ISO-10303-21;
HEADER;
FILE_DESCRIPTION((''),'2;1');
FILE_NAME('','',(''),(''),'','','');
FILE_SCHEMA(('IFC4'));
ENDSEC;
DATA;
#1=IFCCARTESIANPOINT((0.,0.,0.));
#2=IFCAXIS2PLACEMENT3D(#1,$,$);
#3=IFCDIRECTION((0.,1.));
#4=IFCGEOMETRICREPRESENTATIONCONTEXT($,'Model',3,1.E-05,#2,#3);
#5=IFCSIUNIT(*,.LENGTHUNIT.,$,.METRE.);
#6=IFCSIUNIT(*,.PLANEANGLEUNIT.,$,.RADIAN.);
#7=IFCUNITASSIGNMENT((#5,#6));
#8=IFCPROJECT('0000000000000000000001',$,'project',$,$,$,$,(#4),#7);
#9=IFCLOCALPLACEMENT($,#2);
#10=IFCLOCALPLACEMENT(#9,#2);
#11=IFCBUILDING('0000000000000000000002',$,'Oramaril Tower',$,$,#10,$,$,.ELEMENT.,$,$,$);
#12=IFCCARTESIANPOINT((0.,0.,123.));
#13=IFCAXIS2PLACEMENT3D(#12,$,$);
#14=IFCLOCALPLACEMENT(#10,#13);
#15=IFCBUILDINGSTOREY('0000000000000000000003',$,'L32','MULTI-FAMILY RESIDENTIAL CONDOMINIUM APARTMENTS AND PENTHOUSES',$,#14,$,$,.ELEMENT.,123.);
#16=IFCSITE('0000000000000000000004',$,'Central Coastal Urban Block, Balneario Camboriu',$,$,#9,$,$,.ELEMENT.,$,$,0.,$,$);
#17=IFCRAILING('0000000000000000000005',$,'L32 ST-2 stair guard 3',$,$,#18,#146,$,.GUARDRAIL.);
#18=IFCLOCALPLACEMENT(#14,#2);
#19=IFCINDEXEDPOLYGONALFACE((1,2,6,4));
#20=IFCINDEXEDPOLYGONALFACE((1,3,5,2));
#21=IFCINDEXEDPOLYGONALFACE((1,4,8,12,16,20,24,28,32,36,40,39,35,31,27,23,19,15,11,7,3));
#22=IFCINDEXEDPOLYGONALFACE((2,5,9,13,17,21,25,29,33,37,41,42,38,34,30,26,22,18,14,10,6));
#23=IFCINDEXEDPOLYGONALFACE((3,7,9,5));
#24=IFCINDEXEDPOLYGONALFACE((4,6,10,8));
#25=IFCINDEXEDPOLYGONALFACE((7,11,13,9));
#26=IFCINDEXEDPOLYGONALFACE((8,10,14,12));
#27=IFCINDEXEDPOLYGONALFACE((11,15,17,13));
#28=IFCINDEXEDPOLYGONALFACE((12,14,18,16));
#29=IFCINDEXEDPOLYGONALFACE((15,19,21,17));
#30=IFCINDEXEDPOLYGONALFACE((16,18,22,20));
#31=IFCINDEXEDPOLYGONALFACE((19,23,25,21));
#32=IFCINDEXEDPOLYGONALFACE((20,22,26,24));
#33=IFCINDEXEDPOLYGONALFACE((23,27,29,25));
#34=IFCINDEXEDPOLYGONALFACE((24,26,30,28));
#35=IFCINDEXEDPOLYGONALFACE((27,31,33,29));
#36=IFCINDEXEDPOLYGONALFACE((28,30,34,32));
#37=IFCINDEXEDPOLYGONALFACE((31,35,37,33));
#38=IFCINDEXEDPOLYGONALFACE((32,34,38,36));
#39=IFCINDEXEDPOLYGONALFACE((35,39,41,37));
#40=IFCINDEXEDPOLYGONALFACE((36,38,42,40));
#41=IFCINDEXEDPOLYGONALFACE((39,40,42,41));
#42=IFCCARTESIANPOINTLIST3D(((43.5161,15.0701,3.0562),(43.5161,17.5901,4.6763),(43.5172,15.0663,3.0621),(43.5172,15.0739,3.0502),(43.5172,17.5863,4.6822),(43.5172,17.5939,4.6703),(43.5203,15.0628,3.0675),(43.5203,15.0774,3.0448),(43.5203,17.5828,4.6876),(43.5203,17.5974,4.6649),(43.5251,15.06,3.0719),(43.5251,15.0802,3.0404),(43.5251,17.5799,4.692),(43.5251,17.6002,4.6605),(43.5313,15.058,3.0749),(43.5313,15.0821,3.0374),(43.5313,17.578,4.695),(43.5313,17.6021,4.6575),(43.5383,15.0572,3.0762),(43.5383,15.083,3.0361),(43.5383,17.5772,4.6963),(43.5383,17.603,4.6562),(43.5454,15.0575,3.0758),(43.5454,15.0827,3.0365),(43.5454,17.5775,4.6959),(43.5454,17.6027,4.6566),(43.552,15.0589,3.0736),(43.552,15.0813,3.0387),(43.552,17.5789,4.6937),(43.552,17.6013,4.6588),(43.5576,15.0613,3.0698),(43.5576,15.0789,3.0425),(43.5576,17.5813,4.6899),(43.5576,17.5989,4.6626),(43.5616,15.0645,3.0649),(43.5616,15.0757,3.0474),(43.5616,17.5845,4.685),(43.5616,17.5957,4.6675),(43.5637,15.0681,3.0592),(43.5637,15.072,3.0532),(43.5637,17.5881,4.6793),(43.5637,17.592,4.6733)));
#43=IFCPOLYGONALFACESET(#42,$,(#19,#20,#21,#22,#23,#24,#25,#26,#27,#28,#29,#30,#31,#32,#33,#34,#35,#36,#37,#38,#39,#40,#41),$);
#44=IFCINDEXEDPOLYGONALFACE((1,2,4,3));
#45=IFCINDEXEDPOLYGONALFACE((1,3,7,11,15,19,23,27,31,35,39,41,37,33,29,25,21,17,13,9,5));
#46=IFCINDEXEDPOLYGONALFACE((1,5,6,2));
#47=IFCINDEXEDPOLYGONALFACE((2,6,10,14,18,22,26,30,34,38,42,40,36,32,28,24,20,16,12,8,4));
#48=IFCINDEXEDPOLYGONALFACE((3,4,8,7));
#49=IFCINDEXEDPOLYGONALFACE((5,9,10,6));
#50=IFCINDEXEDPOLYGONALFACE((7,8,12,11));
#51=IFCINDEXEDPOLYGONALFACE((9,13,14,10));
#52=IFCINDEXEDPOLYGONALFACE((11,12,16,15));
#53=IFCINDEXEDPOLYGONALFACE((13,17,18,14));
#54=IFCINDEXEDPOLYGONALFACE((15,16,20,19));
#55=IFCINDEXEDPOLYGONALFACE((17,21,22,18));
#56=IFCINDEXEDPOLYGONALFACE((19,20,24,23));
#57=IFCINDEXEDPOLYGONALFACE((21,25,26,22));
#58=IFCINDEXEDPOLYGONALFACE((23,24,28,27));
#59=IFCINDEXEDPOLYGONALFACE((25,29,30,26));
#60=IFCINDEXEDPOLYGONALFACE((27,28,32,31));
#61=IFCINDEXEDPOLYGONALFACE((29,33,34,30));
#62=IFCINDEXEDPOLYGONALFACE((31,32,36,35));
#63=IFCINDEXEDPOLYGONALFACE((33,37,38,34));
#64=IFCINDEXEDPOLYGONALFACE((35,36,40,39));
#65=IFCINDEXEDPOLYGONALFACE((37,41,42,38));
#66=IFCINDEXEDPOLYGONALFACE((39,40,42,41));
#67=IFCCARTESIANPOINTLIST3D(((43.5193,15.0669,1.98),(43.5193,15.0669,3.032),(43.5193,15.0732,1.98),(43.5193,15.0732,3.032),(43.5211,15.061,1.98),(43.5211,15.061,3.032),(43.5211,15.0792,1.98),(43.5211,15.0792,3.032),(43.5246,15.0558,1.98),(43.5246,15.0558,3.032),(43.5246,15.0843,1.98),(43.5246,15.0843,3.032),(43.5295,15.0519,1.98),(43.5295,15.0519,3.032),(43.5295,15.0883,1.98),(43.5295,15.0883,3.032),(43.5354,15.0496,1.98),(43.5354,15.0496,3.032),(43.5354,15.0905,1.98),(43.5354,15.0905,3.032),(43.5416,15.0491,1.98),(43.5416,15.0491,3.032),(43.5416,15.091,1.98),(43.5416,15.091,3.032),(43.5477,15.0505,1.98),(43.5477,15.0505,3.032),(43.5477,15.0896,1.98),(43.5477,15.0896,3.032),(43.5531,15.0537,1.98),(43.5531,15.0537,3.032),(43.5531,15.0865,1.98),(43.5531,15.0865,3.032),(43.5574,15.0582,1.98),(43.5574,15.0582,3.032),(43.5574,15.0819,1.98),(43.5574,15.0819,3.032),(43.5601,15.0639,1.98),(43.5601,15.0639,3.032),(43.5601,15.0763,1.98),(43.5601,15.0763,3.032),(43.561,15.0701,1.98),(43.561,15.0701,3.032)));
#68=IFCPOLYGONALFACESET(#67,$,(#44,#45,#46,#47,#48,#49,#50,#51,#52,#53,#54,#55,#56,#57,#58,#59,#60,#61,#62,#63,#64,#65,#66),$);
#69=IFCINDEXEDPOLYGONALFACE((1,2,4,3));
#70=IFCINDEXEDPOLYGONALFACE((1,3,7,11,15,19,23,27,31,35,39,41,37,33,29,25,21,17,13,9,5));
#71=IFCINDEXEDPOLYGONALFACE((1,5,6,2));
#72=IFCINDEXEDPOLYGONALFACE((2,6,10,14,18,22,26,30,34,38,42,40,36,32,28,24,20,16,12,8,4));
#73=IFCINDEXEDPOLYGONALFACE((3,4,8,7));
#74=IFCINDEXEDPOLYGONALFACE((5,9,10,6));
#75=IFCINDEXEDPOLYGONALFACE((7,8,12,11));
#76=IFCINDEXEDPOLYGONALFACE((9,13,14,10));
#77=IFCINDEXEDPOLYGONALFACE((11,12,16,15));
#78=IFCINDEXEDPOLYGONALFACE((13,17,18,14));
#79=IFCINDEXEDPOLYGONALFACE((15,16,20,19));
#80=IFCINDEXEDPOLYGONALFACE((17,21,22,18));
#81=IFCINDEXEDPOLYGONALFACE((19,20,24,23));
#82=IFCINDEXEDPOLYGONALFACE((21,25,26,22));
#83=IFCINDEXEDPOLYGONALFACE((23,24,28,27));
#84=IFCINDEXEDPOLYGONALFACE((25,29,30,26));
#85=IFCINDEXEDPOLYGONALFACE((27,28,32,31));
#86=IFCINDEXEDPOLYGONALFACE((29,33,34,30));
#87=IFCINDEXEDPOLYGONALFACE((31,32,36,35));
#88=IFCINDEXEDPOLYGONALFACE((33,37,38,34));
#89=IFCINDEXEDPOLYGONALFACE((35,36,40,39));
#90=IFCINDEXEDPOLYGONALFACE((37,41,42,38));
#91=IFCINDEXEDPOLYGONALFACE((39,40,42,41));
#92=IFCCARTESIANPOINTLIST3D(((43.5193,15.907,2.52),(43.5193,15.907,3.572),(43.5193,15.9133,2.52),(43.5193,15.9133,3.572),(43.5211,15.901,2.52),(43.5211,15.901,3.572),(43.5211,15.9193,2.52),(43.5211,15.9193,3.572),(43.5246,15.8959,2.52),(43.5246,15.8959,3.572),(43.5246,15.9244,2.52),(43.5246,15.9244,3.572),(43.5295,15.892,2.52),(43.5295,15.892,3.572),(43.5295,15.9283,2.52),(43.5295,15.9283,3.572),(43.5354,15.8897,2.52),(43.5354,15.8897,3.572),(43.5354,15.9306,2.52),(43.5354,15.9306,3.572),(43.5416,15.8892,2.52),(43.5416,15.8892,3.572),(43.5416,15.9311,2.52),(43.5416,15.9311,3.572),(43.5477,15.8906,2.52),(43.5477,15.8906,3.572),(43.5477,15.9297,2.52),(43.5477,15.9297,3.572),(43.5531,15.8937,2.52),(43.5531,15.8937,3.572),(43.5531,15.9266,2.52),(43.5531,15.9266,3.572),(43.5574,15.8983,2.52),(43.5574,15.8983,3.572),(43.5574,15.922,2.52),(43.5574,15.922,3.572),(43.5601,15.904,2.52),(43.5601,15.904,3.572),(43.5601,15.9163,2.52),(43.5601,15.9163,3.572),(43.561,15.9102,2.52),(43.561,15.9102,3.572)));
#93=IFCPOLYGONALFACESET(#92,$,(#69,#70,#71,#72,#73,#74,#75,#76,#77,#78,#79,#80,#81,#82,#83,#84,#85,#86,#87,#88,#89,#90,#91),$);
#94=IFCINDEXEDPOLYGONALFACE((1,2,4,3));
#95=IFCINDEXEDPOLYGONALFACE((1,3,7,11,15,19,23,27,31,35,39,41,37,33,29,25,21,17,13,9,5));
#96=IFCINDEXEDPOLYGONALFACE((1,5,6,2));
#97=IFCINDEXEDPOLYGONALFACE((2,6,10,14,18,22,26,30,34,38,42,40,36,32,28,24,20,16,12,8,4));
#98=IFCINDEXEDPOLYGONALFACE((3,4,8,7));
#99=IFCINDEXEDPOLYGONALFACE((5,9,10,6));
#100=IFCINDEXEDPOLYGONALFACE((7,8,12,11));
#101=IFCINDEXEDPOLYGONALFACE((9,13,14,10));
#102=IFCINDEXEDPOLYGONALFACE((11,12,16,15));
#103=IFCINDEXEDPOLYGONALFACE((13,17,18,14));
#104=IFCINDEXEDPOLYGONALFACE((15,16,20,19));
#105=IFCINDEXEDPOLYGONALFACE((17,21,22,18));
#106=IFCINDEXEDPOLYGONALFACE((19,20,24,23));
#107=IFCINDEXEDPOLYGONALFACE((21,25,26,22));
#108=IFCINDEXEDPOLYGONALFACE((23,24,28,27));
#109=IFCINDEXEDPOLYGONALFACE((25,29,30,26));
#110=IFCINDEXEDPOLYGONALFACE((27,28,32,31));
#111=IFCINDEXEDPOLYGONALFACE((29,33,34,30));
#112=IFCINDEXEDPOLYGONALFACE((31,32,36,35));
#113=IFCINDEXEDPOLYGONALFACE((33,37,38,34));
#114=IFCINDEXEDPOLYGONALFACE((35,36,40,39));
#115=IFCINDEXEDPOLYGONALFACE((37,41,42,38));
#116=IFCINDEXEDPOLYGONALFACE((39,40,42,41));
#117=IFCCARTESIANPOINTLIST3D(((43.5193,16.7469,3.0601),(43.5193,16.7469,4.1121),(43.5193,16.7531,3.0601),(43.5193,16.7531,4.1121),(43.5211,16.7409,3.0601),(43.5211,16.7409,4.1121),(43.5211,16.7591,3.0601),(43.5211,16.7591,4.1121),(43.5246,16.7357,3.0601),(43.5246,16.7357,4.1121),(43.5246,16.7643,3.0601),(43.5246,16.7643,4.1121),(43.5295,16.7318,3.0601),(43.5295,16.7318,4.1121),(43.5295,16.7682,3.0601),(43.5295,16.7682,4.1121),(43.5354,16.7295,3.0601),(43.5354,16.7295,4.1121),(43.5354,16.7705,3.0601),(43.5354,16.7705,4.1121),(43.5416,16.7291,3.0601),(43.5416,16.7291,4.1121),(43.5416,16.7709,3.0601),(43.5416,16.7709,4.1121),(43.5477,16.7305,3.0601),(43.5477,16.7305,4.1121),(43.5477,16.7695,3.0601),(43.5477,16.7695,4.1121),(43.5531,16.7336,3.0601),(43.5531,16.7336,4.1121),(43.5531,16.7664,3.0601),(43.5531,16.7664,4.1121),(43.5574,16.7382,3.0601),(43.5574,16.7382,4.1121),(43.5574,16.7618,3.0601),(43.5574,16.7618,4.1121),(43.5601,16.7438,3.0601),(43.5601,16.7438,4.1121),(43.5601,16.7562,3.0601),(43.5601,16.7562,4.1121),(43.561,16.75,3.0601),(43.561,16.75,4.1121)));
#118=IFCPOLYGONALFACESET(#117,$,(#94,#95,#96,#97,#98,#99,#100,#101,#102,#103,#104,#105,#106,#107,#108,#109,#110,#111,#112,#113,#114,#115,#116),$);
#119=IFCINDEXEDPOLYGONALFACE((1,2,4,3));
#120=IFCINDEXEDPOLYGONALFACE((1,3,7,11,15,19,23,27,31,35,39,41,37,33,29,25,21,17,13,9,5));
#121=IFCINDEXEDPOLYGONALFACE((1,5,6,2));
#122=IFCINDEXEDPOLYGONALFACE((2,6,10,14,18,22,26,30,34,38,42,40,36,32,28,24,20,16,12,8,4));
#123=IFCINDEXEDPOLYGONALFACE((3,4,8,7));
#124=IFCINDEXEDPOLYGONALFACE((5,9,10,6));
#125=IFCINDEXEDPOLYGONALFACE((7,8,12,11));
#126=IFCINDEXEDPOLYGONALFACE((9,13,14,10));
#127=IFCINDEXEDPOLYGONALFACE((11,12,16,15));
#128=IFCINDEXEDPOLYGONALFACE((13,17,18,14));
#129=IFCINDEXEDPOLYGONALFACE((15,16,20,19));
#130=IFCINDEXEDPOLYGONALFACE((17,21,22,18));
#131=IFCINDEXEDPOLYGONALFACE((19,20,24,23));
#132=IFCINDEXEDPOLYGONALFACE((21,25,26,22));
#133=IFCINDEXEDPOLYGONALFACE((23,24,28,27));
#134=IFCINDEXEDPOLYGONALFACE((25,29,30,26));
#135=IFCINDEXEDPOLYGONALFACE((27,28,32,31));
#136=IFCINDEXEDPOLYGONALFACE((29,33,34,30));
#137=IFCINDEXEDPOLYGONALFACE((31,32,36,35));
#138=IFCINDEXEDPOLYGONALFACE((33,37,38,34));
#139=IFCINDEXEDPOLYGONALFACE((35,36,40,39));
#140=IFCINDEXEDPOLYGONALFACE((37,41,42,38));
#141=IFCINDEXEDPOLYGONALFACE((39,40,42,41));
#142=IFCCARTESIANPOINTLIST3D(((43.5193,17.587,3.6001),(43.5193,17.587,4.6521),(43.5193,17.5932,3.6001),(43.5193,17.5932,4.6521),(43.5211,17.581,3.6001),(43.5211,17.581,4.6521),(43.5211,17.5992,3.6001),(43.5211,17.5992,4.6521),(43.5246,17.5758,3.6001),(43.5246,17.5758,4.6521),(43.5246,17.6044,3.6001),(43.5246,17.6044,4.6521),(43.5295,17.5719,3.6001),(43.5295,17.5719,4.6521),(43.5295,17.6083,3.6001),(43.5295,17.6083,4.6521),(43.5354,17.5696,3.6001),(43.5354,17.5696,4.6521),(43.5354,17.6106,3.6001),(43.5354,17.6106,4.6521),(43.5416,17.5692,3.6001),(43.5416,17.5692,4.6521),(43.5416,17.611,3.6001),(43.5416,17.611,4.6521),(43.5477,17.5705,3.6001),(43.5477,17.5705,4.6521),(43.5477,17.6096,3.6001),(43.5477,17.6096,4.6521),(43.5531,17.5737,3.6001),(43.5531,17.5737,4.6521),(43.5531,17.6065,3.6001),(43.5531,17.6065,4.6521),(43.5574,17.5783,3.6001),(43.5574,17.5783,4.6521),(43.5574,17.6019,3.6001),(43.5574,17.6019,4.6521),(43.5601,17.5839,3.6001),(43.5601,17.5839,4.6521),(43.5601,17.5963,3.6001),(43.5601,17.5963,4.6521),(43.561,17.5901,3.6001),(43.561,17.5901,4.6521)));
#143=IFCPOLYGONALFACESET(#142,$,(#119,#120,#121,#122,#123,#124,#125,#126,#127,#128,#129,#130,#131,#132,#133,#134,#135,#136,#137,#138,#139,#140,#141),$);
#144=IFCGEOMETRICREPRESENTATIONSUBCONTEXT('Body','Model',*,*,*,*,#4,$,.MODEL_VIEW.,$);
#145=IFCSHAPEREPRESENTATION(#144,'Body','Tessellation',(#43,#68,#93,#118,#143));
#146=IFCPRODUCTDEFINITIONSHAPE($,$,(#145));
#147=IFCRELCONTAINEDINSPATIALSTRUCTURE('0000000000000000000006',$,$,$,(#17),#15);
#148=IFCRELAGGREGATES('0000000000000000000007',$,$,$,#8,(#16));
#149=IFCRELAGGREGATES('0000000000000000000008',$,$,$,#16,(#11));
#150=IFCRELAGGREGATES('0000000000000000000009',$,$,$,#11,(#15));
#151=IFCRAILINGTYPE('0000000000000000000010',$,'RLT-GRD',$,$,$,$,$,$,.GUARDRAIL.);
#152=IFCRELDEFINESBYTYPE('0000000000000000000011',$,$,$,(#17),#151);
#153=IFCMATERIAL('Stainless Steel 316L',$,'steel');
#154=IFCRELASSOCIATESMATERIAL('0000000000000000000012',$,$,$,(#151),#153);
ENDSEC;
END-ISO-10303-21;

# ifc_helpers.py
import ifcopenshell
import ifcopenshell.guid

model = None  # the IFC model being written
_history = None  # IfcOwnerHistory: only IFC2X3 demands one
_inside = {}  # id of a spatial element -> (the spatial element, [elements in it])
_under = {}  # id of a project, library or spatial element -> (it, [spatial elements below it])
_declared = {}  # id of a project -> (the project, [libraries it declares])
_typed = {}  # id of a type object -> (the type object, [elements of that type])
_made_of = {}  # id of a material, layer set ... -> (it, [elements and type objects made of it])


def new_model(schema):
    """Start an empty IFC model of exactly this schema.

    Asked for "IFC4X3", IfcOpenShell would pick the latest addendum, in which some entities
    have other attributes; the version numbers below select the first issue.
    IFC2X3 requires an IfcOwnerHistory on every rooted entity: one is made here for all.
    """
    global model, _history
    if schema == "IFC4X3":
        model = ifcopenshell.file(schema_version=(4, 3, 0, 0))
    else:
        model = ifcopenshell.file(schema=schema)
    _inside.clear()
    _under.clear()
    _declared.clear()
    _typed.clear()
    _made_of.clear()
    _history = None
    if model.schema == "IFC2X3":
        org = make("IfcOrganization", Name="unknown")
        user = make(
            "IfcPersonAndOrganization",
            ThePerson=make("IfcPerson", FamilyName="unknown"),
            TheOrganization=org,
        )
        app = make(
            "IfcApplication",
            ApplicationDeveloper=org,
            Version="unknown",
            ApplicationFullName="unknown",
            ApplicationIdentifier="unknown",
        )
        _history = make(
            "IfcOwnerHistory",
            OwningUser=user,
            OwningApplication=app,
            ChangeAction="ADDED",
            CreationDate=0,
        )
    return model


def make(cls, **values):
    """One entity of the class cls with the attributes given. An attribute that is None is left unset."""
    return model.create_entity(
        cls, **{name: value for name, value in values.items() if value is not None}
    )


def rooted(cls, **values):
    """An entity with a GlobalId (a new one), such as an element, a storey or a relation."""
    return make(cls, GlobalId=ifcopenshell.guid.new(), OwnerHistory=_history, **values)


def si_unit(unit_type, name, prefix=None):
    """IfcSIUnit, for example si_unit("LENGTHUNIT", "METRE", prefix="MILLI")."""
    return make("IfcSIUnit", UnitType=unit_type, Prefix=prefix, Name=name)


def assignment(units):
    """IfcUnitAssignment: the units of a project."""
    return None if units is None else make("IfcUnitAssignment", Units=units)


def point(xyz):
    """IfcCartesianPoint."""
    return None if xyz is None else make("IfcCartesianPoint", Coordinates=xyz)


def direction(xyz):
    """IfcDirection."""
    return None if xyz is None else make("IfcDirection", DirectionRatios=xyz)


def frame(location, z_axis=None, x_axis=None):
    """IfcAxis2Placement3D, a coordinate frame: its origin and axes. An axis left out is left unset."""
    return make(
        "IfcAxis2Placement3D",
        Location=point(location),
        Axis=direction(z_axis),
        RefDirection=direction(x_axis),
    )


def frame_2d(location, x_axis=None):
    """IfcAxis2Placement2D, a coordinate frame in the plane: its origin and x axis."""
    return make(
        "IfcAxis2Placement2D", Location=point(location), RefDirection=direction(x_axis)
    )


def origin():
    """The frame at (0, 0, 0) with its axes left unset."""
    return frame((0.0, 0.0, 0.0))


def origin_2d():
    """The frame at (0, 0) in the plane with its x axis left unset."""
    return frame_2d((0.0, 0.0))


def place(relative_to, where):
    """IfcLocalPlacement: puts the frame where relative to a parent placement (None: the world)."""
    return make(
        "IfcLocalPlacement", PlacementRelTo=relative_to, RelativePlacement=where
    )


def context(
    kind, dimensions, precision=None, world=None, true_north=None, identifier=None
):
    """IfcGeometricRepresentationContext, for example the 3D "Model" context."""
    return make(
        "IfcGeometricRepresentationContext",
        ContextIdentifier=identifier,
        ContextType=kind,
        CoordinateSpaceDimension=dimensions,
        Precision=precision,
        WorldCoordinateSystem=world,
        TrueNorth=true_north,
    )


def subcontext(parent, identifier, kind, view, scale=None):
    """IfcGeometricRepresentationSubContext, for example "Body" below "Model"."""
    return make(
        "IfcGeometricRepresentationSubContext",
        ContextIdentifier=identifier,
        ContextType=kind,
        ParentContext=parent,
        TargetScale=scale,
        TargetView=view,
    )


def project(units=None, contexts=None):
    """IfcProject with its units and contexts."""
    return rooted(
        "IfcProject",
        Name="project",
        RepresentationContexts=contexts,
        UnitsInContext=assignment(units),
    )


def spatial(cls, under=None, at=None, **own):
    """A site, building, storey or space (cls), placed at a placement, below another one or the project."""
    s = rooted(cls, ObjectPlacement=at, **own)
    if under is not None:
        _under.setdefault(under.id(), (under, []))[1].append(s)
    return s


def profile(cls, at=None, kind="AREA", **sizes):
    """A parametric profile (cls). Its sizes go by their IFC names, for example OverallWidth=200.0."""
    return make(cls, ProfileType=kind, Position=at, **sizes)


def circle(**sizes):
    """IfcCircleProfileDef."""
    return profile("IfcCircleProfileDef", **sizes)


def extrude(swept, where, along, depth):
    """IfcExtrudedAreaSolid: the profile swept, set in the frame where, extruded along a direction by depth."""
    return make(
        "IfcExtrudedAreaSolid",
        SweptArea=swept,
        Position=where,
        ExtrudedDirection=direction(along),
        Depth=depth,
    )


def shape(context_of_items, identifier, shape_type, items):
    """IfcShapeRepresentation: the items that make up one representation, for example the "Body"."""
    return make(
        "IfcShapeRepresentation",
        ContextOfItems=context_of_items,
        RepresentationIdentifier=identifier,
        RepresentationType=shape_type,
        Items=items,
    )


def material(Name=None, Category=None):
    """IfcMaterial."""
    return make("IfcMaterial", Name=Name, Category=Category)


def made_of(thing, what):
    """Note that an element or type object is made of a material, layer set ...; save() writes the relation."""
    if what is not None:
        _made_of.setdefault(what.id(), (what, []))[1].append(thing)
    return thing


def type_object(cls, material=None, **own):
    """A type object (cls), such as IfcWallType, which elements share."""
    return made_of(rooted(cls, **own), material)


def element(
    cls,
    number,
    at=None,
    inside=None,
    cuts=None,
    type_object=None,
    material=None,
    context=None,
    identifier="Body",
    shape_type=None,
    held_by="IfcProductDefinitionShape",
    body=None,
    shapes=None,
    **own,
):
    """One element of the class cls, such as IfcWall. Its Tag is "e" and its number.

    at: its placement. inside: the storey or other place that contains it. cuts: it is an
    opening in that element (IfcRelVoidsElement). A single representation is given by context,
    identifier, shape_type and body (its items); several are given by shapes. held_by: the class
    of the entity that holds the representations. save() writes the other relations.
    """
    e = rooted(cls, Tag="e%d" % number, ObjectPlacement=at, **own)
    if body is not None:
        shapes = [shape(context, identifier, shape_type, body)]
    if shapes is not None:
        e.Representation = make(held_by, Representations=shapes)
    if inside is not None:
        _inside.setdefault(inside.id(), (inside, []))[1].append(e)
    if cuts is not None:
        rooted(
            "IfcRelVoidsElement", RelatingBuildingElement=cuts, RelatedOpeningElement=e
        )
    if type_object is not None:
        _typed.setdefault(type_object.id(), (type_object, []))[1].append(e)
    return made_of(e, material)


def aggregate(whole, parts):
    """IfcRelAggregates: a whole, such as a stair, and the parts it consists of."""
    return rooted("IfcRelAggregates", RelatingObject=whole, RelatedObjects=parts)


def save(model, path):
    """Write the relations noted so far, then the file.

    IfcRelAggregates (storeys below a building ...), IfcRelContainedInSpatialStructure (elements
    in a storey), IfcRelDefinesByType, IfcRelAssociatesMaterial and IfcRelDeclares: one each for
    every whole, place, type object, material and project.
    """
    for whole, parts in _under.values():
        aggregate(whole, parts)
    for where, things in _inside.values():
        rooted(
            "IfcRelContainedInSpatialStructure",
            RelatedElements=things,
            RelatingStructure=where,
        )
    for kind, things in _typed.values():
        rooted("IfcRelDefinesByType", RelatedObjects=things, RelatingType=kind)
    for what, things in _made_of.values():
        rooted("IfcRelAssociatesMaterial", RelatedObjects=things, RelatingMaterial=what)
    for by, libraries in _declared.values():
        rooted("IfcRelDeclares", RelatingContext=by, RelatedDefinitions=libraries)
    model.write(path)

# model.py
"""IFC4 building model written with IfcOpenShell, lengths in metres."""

from ifc_helpers import new_model, si_unit, direction, frame, origin, origin_2d, place, context, subcontext, project, spatial, circle, extrude, material, type_object, element, save


model = new_model("IFC4")

# Units and contexts
model_context = context("Model", 3, precision=1e-05, world=origin(), true_north=direction((0.0, 1.0)))
body_context = subcontext(model_context, "Body", "Model", "MODEL_VIEW")
ifc_project = project(units=[si_unit("LENGTHUNIT", "METRE"), si_unit("PLANEANGLEUNIT", "RADIAN")], contexts=[model_context])

# Site, building, storey
site_placement = place(None, origin())
site = spatial("IfcSite", under=ifc_project, at=site_placement, Name="Central Coastal Urban Block, Balneario Camboriu", CompositionType="ELEMENT", RefElevation=0.0)
building_placement = place(site_placement, origin())
building = spatial("IfcBuilding", under=site, at=building_placement, Name="Oramaril Tower", CompositionType="ELEMENT")
storey_placement = place(building_placement, frame((0.0, 0.0, 123.0)))
storey = spatial("IfcBuildingStorey", under=building, at=storey_placement, Name="L32", Description="MULTI-FAMILY RESIDENTIAL CONDOMINIUM APARTMENTS AND PENTHOUSES", CompositionType="ELEMENT", Elevation=123.0)

# Railing
ifc_material_1 = material(Name="Stainless Steel 316L", Category="steel")
railing_type_1 = type_object("IfcRailingType", Name="RLT-GRD", PredefinedType="GUARDRAIL", material=ifc_material_1)
railing_1_placement = place(storey_placement, frame((43.54, 15.0701, 1.98)))
element("IfcRailing", 1, at=railing_1_placement, inside=storey, type_object=railing_type_1, Name="L32 ST-2 stair guard 3", PredefinedType="GUARDRAIL", context=body_context, shape_type="SweptSolid", body=[
    extrude(circle(Radius=0.0239, at=origin_2d()), frame((0.0, 0.0, 1.0762), z_axis=(0.0, 0.841163, 0.540782), x_axis=(-1.0, 0.0, 0.0)), (0.0, 0.0, 1.0), 2.9958),
    extrude(circle(Radius=0.021, at=origin_2d()), origin(), (0.0, 0.0, 1.0), 1.052),
    extrude(circle(Radius=0.021, at=origin_2d()), frame((0.0, 0.8401, 0.54)), (0.0, 0.0, 1.0), 1.052),
    extrude(circle(Radius=0.021, at=origin_2d()), frame((0.0, 1.6799, 1.0801)), (0.0, 0.0, 1.0), 1.052),
    extrude(circle(Radius=0.021, at=origin_2d()), frame((0.0, 2.52, 1.6201)), (0.0, 0.0, 1.0), 1.052),
])

save(model, "model.ifc")
